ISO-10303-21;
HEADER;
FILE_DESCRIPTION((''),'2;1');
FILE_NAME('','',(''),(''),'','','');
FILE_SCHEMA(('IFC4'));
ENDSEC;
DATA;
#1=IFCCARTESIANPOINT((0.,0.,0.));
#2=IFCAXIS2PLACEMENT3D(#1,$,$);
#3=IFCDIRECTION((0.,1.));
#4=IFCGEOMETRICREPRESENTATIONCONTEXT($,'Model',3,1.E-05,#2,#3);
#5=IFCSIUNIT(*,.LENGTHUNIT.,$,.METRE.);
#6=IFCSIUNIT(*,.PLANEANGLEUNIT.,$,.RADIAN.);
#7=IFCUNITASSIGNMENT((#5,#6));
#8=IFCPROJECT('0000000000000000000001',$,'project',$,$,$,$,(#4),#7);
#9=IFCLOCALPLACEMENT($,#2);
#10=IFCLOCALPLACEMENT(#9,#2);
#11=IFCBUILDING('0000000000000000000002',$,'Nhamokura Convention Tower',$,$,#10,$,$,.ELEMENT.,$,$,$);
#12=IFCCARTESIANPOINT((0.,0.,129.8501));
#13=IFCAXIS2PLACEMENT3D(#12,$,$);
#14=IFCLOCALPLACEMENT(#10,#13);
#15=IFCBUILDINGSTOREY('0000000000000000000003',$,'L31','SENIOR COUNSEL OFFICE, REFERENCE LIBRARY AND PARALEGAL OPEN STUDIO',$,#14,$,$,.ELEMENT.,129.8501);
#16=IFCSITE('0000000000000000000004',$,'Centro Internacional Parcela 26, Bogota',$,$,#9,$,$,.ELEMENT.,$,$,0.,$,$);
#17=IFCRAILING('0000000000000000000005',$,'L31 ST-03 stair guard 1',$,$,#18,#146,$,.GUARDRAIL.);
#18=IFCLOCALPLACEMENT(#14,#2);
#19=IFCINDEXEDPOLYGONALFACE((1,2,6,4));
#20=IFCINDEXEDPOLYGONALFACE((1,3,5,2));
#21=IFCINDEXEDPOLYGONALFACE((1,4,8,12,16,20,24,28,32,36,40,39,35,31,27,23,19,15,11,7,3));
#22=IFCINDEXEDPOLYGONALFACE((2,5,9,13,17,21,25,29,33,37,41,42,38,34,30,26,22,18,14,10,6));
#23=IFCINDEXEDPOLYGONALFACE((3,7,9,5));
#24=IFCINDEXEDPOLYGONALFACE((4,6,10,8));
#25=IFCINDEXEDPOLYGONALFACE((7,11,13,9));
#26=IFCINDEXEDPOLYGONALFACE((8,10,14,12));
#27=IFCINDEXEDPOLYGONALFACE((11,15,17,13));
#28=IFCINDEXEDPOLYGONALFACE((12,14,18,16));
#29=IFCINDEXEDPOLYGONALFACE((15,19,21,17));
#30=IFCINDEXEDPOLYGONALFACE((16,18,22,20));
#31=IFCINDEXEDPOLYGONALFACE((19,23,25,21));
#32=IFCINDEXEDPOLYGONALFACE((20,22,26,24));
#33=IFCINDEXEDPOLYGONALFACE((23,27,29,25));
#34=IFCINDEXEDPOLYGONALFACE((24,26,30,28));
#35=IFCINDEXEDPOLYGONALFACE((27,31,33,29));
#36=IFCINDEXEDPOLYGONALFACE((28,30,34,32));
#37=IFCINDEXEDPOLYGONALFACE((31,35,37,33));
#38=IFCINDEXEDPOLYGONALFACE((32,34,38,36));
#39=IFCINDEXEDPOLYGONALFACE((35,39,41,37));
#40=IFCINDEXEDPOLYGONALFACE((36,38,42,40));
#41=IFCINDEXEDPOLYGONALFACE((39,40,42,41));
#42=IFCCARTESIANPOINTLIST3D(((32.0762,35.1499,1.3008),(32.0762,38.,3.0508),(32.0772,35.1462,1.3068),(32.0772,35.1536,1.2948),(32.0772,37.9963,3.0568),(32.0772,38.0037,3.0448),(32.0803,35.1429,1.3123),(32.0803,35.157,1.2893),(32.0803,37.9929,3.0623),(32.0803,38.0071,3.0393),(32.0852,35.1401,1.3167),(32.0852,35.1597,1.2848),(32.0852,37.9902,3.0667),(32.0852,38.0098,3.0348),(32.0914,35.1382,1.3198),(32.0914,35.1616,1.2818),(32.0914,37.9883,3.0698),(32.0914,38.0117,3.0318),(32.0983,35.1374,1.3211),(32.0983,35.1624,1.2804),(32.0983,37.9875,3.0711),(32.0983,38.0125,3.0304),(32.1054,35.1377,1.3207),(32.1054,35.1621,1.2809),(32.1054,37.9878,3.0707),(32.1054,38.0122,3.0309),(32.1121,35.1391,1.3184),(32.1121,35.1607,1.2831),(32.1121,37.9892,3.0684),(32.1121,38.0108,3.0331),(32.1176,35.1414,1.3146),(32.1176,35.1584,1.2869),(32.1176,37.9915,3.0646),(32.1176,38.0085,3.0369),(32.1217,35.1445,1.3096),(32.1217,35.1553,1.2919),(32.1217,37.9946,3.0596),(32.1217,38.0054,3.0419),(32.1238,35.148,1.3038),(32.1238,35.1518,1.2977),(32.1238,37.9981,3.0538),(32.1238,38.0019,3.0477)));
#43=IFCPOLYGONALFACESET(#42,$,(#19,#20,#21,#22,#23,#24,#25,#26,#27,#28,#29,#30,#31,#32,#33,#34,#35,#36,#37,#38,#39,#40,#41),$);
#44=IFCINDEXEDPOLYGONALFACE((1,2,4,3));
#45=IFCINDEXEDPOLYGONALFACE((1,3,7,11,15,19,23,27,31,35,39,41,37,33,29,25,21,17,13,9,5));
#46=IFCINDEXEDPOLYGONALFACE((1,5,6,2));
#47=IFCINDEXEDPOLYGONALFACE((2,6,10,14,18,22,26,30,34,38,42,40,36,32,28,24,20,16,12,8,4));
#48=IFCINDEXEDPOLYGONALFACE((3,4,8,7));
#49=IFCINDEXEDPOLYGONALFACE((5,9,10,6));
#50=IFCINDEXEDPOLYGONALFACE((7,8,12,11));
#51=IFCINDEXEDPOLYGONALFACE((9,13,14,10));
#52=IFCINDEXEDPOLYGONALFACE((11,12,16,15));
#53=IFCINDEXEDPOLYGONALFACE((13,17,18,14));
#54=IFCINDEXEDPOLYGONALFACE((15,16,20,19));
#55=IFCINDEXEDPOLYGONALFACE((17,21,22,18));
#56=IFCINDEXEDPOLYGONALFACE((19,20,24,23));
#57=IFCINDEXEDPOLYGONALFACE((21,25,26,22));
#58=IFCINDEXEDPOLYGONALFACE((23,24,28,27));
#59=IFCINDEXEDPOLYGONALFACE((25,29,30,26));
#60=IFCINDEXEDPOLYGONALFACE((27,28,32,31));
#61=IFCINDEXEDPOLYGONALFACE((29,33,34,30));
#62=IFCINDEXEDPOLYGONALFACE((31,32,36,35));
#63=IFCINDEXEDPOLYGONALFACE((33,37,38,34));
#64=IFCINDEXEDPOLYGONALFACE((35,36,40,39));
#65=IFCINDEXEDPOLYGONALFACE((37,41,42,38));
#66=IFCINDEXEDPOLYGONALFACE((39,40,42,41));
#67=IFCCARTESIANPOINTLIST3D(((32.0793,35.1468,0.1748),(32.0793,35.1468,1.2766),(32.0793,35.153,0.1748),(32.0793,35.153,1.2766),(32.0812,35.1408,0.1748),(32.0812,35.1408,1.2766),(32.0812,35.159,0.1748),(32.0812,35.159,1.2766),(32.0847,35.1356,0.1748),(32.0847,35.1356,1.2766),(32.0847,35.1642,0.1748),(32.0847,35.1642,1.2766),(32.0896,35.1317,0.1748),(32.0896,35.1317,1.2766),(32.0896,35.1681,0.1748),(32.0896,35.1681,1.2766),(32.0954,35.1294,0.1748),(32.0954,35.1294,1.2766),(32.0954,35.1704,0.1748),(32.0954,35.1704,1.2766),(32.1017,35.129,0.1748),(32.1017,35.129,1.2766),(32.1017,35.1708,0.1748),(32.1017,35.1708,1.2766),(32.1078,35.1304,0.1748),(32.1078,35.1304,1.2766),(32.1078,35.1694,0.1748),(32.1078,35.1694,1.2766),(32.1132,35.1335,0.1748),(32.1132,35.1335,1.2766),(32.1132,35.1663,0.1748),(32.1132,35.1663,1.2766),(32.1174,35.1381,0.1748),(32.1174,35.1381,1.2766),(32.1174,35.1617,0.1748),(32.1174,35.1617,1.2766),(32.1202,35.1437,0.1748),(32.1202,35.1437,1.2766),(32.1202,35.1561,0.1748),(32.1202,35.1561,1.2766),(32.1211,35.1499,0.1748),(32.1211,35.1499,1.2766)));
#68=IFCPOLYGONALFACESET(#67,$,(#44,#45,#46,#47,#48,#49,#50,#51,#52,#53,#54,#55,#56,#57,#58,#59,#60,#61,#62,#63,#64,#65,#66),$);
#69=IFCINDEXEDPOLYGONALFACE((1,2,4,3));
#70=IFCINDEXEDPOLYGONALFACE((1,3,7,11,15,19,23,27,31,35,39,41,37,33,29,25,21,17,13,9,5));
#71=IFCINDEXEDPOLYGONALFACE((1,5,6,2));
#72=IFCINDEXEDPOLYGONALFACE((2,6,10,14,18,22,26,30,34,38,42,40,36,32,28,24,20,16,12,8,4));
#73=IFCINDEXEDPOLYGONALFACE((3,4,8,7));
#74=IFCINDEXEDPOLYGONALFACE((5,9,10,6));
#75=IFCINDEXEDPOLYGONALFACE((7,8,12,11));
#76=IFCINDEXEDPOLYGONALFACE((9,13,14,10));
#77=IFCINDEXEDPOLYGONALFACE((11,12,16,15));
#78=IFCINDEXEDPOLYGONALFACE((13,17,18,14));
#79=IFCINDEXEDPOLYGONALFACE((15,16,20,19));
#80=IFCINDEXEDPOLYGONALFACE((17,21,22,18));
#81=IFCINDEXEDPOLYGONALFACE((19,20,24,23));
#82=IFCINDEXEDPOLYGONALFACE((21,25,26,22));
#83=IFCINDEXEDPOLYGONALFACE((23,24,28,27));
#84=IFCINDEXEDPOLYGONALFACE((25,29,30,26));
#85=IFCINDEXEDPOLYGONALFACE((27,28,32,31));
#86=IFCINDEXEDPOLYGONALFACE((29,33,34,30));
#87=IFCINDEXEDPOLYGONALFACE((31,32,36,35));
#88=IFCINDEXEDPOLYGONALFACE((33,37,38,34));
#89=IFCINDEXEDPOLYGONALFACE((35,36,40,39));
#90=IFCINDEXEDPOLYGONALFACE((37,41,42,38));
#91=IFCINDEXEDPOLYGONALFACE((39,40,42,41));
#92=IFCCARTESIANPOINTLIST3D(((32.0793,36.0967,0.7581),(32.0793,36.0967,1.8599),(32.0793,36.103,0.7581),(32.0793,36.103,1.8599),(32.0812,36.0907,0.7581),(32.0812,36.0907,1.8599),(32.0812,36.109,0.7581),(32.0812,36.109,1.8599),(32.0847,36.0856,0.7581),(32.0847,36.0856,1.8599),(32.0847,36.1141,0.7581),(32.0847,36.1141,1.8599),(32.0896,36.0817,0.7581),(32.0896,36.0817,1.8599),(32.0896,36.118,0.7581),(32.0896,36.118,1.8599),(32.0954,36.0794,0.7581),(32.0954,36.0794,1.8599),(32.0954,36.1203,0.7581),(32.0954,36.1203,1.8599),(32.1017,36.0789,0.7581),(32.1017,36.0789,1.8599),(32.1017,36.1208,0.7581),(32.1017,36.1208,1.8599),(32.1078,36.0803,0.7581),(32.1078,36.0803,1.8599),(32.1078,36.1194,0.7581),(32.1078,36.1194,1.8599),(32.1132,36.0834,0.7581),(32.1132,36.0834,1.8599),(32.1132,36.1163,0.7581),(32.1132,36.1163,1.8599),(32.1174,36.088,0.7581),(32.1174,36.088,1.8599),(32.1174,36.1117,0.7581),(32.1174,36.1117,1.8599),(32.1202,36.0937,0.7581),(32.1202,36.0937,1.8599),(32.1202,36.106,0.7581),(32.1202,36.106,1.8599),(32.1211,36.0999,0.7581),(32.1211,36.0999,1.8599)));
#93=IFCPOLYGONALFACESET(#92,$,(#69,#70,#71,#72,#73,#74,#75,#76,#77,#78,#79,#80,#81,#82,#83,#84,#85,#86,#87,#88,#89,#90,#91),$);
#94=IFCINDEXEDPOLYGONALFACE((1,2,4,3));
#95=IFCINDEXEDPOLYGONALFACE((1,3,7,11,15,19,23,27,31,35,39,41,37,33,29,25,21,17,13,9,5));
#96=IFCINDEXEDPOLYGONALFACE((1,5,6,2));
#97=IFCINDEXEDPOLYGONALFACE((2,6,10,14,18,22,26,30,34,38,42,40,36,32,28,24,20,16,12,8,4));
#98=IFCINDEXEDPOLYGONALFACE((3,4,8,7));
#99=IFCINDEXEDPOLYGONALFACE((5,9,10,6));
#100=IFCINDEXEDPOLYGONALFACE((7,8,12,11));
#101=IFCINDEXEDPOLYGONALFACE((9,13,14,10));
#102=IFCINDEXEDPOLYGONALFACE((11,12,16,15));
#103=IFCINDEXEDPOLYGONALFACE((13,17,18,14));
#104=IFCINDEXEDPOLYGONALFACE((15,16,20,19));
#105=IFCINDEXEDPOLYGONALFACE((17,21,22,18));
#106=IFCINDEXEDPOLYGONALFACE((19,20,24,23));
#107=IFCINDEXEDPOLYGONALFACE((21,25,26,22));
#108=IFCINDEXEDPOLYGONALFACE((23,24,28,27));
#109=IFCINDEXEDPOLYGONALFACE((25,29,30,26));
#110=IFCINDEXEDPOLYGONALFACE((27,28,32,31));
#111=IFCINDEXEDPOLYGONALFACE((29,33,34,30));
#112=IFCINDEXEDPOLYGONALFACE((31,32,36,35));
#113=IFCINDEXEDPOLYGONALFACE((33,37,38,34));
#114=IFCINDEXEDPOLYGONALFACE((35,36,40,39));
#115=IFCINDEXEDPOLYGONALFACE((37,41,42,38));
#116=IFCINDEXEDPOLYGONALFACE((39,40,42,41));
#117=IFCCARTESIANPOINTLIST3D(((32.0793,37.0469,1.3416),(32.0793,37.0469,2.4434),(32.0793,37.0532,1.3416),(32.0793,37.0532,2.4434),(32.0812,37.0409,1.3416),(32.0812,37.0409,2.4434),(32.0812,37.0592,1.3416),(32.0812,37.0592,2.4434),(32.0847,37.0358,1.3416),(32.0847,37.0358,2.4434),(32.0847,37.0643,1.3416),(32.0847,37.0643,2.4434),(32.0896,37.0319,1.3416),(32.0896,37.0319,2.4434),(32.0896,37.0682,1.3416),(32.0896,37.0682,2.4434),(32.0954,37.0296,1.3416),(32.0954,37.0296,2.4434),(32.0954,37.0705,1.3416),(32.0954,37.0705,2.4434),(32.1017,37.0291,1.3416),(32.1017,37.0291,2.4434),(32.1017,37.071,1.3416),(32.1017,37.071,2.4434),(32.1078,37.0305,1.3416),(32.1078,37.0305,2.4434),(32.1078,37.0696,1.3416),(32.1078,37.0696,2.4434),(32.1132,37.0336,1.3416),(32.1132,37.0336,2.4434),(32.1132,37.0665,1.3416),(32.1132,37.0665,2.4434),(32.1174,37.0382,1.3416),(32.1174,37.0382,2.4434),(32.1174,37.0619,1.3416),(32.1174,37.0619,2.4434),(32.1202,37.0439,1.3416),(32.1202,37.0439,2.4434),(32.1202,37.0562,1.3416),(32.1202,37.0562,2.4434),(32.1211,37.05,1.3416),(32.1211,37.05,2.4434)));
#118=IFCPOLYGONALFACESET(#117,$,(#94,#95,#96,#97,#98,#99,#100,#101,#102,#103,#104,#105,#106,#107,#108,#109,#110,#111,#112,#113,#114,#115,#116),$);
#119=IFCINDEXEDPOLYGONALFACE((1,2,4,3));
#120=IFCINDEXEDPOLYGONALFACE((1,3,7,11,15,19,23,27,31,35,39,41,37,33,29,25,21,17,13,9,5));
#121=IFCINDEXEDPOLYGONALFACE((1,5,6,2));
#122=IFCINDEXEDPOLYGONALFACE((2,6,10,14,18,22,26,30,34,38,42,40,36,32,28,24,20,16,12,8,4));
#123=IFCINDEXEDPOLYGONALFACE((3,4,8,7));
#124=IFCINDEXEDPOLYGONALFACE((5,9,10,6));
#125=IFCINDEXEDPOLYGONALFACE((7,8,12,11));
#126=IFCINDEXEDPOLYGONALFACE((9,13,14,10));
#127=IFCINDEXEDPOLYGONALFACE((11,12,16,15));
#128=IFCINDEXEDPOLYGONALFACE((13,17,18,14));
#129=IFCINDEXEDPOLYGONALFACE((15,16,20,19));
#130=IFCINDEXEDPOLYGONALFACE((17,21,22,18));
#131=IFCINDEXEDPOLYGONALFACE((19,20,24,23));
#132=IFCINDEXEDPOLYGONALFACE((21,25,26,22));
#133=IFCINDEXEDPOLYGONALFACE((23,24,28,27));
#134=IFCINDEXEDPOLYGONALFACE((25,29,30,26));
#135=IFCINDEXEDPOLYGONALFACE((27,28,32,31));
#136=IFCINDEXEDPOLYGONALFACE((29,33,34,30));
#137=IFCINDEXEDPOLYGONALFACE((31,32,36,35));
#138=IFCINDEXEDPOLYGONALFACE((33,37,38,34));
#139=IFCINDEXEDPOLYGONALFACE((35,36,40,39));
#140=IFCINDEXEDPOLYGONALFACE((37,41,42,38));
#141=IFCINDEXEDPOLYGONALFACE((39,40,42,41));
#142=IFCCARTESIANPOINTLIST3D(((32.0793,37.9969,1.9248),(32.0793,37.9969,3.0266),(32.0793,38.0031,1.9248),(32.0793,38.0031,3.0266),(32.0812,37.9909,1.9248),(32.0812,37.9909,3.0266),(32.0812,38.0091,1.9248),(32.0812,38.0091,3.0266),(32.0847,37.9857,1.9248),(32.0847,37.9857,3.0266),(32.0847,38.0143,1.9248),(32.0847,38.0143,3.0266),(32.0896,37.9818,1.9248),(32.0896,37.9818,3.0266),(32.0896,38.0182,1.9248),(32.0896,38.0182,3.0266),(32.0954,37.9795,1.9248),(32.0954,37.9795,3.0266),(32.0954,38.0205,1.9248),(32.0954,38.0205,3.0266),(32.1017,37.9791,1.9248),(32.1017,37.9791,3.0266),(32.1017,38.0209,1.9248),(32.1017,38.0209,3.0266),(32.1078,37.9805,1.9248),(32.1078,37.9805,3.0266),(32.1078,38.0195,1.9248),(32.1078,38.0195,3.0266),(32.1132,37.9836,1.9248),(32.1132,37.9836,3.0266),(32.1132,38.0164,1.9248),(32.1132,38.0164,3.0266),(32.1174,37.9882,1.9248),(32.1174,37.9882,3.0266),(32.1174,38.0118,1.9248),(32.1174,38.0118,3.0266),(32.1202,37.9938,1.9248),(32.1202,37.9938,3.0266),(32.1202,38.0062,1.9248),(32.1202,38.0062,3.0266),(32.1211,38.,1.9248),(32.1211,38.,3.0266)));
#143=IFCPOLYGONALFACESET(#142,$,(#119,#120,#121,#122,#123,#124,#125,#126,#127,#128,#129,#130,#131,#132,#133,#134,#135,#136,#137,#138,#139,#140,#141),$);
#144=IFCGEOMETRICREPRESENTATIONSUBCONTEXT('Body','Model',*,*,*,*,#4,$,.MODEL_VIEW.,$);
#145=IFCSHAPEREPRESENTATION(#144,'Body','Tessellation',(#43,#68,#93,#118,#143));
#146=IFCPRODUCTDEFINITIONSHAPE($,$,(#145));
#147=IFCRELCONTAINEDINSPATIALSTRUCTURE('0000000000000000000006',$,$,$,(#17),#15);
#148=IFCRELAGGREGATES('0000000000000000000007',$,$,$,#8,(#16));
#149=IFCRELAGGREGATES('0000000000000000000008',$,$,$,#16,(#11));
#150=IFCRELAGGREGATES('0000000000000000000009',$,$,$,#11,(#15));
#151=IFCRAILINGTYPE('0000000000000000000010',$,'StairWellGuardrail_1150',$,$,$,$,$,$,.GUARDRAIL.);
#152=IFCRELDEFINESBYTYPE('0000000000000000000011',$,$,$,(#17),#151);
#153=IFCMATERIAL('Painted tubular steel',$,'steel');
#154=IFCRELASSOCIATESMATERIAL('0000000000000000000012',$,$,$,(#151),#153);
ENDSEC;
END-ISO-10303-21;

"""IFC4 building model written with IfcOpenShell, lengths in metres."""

from ifc_helpers import new_model, si_unit, direction, frame, origin, origin_2d, place, context, subcontext, project, spatial, circle, extrude, material, type_object, element, save


model = new_model("IFC4")

# Units and contexts
model_context = context("Model", 3, precision=1e-05, world=origin(), true_north=direction((0.0, 1.0)))
body_context = subcontext(model_context, "Body", "Model", "MODEL_VIEW")
ifc_project = project(units=[si_unit("LENGTHUNIT", "METRE"), si_unit("PLANEANGLEUNIT", "RADIAN")], contexts=[model_context])

# Site, building, storey
site_placement = place(None, origin())
site = spatial("IfcSite", under=ifc_project, at=site_placement, Name="Centro Internacional Parcela 26, Bogota", CompositionType="ELEMENT", RefElevation=0.0)
building_placement = place(site_placement, origin())
building = spatial("IfcBuilding", under=site, at=building_placement, Name="Nhamokura Convention Tower", CompositionType="ELEMENT")
storey_placement = place(building_placement, frame((0.0, 0.0, 129.8501)))
storey = spatial("IfcBuildingStorey", under=building, at=storey_placement, Name="L31", Description="SENIOR COUNSEL OFFICE, REFERENCE LIBRARY AND PARALEGAL OPEN STUDIO", CompositionType="ELEMENT", Elevation=129.8501)

# Railing
ifc_material_1 = material(Name="Painted tubular steel", Category="steel")
railing_type_1 = type_object("IfcRailingType", Name="StairWellGuardrail_1150", PredefinedType="GUARDRAIL", material=ifc_material_1)
railing_1_placement = place(storey_placement, frame((32.1001, 35.1499, 0.1748)))
element("IfcRailing", 1, at=railing_1_placement, inside=storey, type_object=railing_type_1, Name="L31 ST-03 stair guard 1", PredefinedType="GUARDRAIL", context=body_context, shape_type="SweptSolid", body=[
    extrude(circle(Radius=0.0239, at=origin_2d()), frame((0.0, 0.0, 1.126), z_axis=(0.0, 0.852179, 0.52325), x_axis=(-1.0, 0.0, 0.0)), (0.0, 0.0, 1.0), 3.3445),
    extrude(circle(Radius=0.021, at=origin_2d()), origin(), (0.0, 0.0, 1.0), 1.1018),
    extrude(circle(Radius=0.021, at=origin_2d()), frame((0.0, 0.95, 0.5833)), (0.0, 0.0, 1.0), 1.1018),
    extrude(circle(Radius=0.021, at=origin_2d()), frame((0.0, 1.9001, 1.1667)), (0.0, 0.0, 1.0), 1.1018),
    extrude(circle(Radius=0.021, at=origin_2d()), frame((0.0, 2.8501, 1.75)), (0.0, 0.0, 1.0), 1.1018),
])

save(model, "model.ifc")
